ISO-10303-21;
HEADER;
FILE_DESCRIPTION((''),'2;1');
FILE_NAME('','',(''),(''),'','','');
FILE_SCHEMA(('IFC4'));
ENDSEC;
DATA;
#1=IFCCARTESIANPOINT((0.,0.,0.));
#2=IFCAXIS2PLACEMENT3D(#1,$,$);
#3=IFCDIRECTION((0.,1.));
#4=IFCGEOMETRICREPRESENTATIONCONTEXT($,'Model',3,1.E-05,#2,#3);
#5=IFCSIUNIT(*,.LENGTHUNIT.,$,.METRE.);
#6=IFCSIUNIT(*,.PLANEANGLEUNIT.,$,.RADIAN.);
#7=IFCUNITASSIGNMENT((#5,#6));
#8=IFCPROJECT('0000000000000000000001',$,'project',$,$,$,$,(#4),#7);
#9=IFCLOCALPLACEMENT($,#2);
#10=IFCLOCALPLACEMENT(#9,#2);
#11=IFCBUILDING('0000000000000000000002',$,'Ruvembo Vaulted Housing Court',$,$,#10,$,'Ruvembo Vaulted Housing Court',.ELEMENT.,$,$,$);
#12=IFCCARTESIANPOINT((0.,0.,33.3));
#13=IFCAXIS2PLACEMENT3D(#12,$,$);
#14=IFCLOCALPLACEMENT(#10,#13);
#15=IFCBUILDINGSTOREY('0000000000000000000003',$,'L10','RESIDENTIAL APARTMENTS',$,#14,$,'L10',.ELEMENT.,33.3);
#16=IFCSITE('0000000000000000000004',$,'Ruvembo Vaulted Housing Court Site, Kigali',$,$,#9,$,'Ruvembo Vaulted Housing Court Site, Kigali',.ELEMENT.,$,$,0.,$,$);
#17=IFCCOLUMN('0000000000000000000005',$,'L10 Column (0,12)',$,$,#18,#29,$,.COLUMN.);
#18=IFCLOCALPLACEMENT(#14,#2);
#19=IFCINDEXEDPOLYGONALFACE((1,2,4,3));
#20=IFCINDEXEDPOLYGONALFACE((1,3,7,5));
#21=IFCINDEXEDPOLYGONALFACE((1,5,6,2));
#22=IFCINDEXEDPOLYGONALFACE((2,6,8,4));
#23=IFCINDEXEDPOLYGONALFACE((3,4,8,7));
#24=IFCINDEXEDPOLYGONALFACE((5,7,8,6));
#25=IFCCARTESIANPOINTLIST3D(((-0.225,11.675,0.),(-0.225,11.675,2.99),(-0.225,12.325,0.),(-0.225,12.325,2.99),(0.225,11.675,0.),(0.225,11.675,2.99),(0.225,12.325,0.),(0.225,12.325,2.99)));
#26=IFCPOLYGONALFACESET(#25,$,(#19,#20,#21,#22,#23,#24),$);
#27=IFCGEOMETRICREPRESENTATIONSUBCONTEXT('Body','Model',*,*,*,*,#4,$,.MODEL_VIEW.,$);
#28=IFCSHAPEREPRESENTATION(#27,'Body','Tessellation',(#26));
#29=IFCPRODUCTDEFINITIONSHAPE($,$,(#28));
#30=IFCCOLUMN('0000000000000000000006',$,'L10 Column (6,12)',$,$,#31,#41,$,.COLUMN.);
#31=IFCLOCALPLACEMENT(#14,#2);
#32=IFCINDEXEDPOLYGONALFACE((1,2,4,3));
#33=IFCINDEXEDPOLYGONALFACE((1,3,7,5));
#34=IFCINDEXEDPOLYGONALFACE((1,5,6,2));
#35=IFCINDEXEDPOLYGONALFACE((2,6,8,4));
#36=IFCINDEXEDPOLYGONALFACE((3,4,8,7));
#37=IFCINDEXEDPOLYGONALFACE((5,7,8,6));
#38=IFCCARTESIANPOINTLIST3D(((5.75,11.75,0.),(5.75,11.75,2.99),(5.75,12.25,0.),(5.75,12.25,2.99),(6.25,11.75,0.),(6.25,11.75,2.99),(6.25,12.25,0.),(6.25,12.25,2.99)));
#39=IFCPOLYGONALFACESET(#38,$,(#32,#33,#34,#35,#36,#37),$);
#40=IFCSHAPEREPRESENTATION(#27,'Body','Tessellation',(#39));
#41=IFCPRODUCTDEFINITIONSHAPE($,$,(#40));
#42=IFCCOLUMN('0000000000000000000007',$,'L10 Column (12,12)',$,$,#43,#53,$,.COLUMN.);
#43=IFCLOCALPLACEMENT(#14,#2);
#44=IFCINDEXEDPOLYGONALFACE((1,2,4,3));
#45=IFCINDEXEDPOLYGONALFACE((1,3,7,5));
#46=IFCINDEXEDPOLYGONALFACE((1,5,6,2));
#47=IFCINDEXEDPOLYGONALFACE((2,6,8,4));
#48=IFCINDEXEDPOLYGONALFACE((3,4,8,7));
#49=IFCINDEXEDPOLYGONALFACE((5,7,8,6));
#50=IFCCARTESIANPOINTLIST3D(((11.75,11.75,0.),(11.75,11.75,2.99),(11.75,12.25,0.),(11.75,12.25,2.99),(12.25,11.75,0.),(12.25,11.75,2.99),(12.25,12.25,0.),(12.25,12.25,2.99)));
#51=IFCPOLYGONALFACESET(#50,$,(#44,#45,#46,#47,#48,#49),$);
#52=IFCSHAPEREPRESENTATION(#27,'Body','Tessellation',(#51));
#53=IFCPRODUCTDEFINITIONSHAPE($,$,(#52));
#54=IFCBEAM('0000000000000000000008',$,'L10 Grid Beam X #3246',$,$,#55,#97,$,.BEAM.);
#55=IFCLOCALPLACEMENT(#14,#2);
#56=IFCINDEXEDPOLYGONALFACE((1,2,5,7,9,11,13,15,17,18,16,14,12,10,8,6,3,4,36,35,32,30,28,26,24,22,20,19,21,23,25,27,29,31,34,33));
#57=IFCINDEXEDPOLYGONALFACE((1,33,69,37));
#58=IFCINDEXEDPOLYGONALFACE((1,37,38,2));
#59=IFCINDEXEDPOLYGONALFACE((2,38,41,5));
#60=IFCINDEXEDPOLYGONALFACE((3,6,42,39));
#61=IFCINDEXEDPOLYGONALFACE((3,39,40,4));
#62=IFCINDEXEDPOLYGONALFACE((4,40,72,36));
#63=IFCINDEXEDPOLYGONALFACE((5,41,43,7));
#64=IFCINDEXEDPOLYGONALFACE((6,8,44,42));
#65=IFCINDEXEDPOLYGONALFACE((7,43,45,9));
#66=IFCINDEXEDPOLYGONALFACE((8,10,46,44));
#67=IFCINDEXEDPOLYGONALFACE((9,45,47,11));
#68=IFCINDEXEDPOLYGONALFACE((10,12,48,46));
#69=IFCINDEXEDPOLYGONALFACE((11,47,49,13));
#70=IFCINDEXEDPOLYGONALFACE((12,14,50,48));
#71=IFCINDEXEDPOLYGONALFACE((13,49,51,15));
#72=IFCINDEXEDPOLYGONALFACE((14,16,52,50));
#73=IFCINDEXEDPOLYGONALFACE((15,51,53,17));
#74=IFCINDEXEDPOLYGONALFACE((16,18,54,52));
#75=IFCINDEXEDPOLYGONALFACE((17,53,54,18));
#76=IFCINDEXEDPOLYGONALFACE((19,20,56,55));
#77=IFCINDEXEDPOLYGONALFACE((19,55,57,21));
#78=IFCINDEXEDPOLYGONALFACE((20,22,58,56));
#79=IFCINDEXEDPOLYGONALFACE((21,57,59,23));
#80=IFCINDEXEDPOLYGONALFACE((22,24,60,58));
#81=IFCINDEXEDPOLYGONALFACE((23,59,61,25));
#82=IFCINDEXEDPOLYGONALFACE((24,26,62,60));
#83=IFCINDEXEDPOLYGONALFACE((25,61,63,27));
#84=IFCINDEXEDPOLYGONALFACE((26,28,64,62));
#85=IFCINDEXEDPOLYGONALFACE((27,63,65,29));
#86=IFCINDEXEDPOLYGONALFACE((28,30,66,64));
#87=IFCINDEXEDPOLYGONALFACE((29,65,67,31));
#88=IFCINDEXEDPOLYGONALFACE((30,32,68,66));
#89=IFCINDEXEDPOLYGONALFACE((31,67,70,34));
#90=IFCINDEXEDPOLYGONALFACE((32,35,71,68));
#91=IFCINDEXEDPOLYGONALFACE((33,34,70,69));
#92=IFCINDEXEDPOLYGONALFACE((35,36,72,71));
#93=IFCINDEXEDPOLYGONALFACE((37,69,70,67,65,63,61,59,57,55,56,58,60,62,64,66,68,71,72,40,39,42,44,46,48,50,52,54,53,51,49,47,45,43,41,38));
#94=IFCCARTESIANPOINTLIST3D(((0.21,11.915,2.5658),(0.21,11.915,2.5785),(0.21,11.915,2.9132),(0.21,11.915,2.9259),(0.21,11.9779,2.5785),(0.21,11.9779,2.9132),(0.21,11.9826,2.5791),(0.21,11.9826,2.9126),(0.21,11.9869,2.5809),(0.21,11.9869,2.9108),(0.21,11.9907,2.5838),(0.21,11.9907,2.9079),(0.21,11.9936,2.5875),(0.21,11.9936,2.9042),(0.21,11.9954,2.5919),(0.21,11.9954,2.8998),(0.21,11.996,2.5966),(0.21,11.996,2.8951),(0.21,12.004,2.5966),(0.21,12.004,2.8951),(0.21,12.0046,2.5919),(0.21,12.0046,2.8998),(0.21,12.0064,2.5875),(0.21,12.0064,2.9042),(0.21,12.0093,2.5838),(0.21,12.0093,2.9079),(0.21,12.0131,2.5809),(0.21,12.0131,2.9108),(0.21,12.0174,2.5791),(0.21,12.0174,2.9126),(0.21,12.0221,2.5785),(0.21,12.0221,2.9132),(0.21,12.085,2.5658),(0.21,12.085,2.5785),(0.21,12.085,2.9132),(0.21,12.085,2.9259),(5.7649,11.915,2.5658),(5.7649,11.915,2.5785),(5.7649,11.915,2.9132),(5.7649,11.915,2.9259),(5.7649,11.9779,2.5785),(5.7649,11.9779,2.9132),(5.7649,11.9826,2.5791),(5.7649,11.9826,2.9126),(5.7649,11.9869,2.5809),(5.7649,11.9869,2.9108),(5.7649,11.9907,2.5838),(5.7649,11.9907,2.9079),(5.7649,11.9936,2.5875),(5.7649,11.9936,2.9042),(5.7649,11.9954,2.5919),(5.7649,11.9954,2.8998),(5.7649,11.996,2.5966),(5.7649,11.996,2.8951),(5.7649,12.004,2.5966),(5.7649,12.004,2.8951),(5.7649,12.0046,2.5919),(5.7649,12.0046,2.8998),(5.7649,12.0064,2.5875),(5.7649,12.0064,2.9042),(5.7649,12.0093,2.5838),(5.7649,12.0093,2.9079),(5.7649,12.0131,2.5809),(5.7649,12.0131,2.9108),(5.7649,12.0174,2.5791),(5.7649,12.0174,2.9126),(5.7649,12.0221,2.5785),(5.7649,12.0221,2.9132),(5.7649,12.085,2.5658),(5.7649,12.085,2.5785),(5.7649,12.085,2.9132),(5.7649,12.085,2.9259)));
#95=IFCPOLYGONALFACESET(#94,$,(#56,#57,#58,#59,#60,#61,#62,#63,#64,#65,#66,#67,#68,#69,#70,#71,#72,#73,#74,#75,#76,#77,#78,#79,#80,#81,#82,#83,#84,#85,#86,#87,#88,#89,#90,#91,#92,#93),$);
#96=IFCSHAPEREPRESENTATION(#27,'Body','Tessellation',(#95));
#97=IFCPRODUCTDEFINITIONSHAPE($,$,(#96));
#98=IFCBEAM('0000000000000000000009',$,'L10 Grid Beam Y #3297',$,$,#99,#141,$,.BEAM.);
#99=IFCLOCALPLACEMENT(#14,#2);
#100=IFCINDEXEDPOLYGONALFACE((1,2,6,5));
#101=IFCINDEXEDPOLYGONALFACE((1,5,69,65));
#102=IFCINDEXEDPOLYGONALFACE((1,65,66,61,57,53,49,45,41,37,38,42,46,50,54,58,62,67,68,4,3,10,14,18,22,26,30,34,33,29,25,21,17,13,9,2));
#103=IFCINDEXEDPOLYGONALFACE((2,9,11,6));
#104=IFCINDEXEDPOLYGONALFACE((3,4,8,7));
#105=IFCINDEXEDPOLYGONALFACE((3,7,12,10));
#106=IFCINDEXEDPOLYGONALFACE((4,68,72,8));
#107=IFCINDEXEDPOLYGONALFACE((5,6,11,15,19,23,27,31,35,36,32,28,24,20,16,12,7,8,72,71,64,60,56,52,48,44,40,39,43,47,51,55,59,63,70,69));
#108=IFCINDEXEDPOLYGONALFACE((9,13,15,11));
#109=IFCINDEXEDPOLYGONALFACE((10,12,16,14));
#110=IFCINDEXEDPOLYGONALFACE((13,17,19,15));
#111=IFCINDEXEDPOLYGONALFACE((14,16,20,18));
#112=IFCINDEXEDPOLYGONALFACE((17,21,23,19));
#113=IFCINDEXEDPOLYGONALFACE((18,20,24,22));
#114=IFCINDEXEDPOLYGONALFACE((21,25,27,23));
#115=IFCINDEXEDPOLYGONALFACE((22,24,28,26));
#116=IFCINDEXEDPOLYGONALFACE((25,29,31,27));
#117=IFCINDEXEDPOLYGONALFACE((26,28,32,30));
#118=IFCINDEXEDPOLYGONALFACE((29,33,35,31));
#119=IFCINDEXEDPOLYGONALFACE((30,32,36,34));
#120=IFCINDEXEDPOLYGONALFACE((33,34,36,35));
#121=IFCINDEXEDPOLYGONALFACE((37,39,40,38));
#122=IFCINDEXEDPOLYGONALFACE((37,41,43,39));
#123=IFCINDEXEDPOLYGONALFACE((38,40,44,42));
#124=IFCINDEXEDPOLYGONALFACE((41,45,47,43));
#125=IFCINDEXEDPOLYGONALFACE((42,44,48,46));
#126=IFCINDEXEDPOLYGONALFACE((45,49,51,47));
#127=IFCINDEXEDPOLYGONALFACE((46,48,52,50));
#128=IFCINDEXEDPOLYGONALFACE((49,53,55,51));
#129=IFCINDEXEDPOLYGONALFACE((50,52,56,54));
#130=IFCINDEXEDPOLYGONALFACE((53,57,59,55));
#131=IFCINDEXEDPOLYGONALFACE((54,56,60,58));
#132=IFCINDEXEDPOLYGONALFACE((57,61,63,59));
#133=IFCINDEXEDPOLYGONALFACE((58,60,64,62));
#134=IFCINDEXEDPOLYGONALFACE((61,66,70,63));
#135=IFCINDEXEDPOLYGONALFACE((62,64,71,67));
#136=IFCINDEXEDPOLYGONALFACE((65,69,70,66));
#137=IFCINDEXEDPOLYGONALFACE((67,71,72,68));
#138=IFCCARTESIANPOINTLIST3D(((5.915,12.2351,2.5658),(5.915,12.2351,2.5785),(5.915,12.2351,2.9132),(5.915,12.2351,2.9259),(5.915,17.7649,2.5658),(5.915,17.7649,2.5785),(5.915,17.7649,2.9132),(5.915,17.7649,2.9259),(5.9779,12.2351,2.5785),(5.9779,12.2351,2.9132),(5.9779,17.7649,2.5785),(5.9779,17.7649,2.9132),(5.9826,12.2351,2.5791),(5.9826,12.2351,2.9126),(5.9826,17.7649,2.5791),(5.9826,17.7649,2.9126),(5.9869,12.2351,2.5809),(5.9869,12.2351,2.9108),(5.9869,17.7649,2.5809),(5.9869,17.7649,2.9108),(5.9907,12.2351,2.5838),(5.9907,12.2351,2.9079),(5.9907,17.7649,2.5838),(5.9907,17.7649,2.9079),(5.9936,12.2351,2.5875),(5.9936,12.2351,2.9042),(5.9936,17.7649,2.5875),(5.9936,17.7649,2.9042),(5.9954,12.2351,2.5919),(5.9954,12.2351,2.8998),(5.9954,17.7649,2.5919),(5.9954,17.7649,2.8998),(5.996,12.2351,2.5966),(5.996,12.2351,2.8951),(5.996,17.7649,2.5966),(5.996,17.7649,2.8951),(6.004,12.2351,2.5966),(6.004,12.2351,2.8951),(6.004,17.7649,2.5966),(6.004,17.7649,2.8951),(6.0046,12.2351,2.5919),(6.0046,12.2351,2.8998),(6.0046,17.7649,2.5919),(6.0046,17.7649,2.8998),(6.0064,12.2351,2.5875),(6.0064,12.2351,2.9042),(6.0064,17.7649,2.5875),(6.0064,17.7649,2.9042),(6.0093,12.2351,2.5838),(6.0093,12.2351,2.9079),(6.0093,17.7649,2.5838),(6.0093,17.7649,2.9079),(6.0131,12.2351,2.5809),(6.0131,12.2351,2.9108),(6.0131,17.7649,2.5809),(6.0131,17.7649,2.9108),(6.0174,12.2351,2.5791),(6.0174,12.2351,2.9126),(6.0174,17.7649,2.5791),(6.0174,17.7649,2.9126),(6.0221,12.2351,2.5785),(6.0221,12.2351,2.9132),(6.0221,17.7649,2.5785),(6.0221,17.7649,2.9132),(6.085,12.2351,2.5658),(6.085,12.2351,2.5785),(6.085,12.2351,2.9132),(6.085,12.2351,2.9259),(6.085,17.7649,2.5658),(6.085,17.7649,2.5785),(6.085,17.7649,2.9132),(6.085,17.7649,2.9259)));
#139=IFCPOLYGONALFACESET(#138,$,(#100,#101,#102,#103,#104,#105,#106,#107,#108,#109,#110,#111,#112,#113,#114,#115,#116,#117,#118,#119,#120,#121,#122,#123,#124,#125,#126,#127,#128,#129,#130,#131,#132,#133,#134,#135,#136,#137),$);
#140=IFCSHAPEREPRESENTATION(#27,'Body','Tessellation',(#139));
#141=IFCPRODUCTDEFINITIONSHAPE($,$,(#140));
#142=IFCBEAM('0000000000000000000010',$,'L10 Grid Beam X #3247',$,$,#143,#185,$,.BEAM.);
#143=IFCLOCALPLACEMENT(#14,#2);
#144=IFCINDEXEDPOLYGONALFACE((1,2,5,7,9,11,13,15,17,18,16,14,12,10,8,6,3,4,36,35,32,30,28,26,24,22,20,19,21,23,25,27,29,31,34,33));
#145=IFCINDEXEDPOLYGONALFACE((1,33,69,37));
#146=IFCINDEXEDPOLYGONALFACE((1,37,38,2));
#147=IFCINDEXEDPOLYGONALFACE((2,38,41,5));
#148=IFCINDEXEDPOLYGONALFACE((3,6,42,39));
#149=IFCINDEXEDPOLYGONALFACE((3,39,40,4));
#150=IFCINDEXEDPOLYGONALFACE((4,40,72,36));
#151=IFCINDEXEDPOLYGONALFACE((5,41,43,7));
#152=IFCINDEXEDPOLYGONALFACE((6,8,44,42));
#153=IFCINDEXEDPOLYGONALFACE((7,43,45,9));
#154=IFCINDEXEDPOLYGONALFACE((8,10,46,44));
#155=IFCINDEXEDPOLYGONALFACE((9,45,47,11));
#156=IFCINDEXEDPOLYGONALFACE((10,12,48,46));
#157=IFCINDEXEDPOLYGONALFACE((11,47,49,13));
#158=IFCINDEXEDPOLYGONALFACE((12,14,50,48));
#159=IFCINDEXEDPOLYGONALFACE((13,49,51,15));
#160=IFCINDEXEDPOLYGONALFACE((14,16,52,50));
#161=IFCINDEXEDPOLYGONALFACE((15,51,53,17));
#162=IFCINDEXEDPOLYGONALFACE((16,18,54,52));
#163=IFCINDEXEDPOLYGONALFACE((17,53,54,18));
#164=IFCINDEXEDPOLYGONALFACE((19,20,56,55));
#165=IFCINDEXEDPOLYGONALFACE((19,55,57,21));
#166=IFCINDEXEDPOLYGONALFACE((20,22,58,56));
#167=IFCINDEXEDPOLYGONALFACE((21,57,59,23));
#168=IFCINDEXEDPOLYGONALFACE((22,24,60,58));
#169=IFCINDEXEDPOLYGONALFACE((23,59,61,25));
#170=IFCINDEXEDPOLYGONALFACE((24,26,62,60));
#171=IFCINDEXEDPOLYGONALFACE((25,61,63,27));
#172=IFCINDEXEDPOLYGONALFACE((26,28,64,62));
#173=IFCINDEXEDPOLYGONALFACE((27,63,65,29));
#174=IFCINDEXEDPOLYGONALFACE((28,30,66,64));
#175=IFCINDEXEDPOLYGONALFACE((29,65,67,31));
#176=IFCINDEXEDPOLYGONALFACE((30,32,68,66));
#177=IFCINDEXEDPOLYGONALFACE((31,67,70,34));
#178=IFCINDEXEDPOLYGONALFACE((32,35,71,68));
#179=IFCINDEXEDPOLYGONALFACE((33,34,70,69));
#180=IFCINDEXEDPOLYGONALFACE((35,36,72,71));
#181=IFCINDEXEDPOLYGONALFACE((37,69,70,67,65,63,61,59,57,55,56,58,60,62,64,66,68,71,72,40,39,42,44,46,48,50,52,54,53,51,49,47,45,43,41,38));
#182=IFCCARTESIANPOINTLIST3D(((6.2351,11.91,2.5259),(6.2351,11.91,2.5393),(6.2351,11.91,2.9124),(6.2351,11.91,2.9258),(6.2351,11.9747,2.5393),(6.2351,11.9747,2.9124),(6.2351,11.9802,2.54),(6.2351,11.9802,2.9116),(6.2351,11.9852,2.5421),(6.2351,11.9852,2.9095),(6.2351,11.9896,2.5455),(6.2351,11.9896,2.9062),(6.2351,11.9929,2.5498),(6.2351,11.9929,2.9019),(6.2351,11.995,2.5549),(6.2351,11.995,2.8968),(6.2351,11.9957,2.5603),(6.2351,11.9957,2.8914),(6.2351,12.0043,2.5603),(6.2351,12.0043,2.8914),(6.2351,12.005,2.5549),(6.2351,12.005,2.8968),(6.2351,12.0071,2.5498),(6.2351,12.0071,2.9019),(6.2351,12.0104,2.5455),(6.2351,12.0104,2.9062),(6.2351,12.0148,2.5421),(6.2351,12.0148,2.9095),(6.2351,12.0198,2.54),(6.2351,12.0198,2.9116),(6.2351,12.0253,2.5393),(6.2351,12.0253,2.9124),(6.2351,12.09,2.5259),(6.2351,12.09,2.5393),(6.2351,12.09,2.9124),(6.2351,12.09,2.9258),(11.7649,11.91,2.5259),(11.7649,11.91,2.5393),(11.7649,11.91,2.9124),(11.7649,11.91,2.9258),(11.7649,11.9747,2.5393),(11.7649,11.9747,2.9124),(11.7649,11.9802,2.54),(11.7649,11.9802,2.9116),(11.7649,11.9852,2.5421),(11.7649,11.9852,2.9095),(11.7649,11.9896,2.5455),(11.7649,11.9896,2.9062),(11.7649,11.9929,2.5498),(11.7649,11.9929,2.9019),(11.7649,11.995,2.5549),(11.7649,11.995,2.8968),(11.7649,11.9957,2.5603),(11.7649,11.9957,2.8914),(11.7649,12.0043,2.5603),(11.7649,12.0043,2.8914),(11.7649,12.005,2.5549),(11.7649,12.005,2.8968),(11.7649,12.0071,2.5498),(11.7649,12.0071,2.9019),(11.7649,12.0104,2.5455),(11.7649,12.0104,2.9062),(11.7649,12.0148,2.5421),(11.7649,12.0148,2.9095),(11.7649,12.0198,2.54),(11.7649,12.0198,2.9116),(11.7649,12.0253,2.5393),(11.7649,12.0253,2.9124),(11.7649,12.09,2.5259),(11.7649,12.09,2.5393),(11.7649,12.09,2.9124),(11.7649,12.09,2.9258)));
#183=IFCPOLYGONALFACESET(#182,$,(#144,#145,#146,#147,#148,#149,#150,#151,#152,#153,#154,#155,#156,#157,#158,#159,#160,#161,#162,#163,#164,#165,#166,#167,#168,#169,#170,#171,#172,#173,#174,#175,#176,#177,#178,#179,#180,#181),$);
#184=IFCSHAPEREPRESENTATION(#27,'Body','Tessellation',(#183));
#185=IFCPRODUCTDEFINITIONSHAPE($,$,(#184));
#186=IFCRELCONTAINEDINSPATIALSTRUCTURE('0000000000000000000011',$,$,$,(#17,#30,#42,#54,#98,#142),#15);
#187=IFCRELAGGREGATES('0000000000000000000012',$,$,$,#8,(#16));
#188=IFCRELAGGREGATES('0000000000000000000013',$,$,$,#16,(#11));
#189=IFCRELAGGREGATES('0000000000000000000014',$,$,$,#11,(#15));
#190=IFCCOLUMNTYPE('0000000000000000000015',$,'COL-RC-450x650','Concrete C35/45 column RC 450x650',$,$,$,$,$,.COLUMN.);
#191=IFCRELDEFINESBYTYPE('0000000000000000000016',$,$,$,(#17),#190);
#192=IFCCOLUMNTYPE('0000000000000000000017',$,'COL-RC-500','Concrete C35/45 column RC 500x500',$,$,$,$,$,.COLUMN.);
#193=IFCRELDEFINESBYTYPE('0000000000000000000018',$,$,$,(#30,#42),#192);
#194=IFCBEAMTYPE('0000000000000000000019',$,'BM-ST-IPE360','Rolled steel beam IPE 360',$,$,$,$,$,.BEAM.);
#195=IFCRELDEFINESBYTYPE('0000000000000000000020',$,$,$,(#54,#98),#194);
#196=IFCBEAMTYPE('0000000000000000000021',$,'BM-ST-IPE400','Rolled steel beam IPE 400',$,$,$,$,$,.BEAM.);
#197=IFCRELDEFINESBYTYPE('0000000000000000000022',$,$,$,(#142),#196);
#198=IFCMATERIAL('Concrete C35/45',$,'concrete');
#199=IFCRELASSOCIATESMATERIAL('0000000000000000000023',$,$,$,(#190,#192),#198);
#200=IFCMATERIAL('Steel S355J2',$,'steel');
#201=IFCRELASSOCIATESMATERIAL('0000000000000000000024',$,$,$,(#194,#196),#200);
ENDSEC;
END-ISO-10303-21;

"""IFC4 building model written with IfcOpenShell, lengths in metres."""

from ifc_helpers import new_model, si_unit, direction, frame, origin, origin_2d, place, context, subcontext, project, spatial, rectangle, i_section, extrude, material, material_profile, profile_set, type_object, element, save


model = new_model("IFC4")

# Units and contexts
model_context = context("Model", 3, precision=1e-05, world=origin(), true_north=direction((0.0, 1.0)))
body_context = subcontext(model_context, "Body", "Model", "MODEL_VIEW")
ifc_project = project(units=[si_unit("LENGTHUNIT", "METRE"), si_unit("PLANEANGLEUNIT", "RADIAN")], contexts=[model_context])

# Site, building, storey
site_placement = place(None, origin())
site = spatial("IfcSite", under=ifc_project, at=site_placement, Name="Ruvembo Vaulted Housing Court Site, Kigali", LongName="Ruvembo Vaulted Housing Court Site, Kigali", CompositionType="ELEMENT", RefElevation=0.0)
building_placement = place(site_placement, origin())
building = spatial("IfcBuilding", under=site, at=building_placement, Name="Ruvembo Vaulted Housing Court", LongName="Ruvembo Vaulted Housing Court", CompositionType="ELEMENT")
storey_placement = place(building_placement, frame((0.0, 0.0, 33.3)))
storey = spatial("IfcBuildingStorey", under=building, at=storey_placement, Name="L10", Description="RESIDENTIAL APARTMENTS", LongName="L10", CompositionType="ELEMENT", Elevation=33.3)

# Columns
ifc_material_1 = material(Name="Concrete C35/45", Category="concrete")
ifc_material_profile_1 = material_profile(ifc_material_1, rectangle(XDim=0.45, YDim=0.6499, at=origin_2d()), Name="RC 450x650")
ifc_profile_set_1 = profile_set([ifc_material_profile_1], Name="Concrete C35/45")
column_type_1 = type_object("IfcColumnType", Name="COL-RC-450x650", Description="Concrete C35/45 column RC 450x650", PredefinedType="COLUMN", material=ifc_profile_set_1)
column_placement = place(storey_placement, frame((0.0, 12.0, 0.0), z_axis=(0.0, 0.0, 1.0), x_axis=(1.0, 0.0, 0.0)))
element("IfcColumn", 1, at=column_placement, inside=storey, type_object=column_type_1, Name="L10 Column (0,12)", PredefinedType="COLUMN", context=body_context, shape_type="SweptSolid", body=[
    extrude(rectangle(XDim=0.45, YDim=0.6499, at=origin_2d()), origin(), (0.0, 0.0, 1.0), 2.99),
])
ifc_material_profile_2 = material_profile(ifc_material_1, rectangle(XDim=0.5, YDim=0.5, at=origin_2d()), Name="RC 500x500")
ifc_profile_set_2 = profile_set([ifc_material_profile_2], Name="Concrete C35/45")
column_type_2 = type_object("IfcColumnType", Name="COL-RC-500", Description="Concrete C35/45 column RC 500x500", PredefinedType="COLUMN", material=ifc_profile_set_2)
for number, where, z_axis, x_axis, name in (
    (2, (6.0, 12.0, 0.0), (0.0, 0.0, 1.0), (1.0, 0.0, 0.0), "L10 Column (6,12)"),
    (3, (12.0, 12.0, 0.0), (0.0, 0.0, 1.0), (1.0, 0.0, 0.0), "L10 Column (12,12)"),
):
    element("IfcColumn", number, at=place(storey_placement, frame(where, z_axis=z_axis, x_axis=x_axis)), inside=storey, type_object=column_type_2, Name=name, PredefinedType="COLUMN", context=body_context, shape_type="SweptSolid", body=[
        extrude(rectangle(XDim=0.5, YDim=0.5, at=origin_2d()), origin(), (0.0, 0.0, 1.0), 2.99),
    ])

# Beams
ifc_material_2 = material(Name="Steel S355J2", Category="steel")
ifc_material_profile_3 = material_profile(ifc_material_2, i_section(OverallWidth=0.1699, OverallDepth=0.3601, WebThickness=0.0081, FlangeThickness=0.0127, FilletRadius=0.0181, at=origin_2d()), Name="IPE 360")
ifc_profile_set_3 = profile_set([ifc_material_profile_3], Name="Steel S355J2")
beam_type_1 = type_object("IfcBeamType", Name="BM-ST-IPE360", Description="Rolled steel beam IPE 360", PredefinedType="BEAM", material=ifc_profile_set_3)
beam_1_placement = place(storey_placement, frame((0.21, 12.0, 2.7458), z_axis=(1.0, 0.0, 0.0), x_axis=(0.0, 1.0, 0.0)))
element("IfcBeam", 4, at=beam_1_placement, inside=storey, type_object=beam_type_1, Name="L10 Grid Beam X #3246", PredefinedType="BEAM", context=body_context, shape_type="SweptSolid", body=[
    extrude(i_section(OverallWidth=0.1699, OverallDepth=0.3601, WebThickness=0.0081, FlangeThickness=0.0127, FilletRadius=0.0181, at=origin_2d()), origin(), (0.0, 0.0, 1.0), 5.5549),
])
beam_2_placement = place(storey_placement, frame((6.0, 12.2351, 2.7458), z_axis=(0.0, 1.0, 0.0), x_axis=(-1.0, 0.0, 0.0)))
element("IfcBeam", 5, at=beam_2_placement, inside=storey, type_object=beam_type_1, Name="L10 Grid Beam Y #3297", PredefinedType="BEAM", context=body_context, shape_type="SweptSolid", body=[
    extrude(i_section(OverallWidth=0.1699, OverallDepth=0.3601, WebThickness=0.0081, FlangeThickness=0.0127, FilletRadius=0.0181, at=origin_2d()), origin(), (0.0, 0.0, 1.0), 5.5298),
])
ifc_material_profile_4 = material_profile(ifc_material_2, i_section(OverallWidth=0.1799, OverallDepth=0.3999, WebThickness=0.0085, FlangeThickness=0.0134, FilletRadius=0.021, at=origin_2d()), Name="IPE 400")
ifc_profile_set_4 = profile_set([ifc_material_profile_4], Name="Steel S355J2")
beam_type_2 = type_object("IfcBeamType", Name="BM-ST-IPE400", Description="Rolled steel beam IPE 400", PredefinedType="BEAM", material=ifc_profile_set_4)
beam_3_placement = place(storey_placement, frame((6.2351, 12.0, 2.7258), z_axis=(1.0, 0.0, 0.0), x_axis=(0.0, 1.0, 0.0)))
element("IfcBeam", 6, at=beam_3_placement, inside=storey, type_object=beam_type_2, Name="L10 Grid Beam X #3247", PredefinedType="BEAM", context=body_context, shape_type="SweptSolid", body=[
    extrude(i_section(OverallWidth=0.1799, OverallDepth=0.3999, WebThickness=0.0085, FlangeThickness=0.0134, FilletRadius=0.021, at=origin_2d()), origin(), (0.0, 0.0, 1.0), 5.5298),
])

save(model, "model.ifc")
